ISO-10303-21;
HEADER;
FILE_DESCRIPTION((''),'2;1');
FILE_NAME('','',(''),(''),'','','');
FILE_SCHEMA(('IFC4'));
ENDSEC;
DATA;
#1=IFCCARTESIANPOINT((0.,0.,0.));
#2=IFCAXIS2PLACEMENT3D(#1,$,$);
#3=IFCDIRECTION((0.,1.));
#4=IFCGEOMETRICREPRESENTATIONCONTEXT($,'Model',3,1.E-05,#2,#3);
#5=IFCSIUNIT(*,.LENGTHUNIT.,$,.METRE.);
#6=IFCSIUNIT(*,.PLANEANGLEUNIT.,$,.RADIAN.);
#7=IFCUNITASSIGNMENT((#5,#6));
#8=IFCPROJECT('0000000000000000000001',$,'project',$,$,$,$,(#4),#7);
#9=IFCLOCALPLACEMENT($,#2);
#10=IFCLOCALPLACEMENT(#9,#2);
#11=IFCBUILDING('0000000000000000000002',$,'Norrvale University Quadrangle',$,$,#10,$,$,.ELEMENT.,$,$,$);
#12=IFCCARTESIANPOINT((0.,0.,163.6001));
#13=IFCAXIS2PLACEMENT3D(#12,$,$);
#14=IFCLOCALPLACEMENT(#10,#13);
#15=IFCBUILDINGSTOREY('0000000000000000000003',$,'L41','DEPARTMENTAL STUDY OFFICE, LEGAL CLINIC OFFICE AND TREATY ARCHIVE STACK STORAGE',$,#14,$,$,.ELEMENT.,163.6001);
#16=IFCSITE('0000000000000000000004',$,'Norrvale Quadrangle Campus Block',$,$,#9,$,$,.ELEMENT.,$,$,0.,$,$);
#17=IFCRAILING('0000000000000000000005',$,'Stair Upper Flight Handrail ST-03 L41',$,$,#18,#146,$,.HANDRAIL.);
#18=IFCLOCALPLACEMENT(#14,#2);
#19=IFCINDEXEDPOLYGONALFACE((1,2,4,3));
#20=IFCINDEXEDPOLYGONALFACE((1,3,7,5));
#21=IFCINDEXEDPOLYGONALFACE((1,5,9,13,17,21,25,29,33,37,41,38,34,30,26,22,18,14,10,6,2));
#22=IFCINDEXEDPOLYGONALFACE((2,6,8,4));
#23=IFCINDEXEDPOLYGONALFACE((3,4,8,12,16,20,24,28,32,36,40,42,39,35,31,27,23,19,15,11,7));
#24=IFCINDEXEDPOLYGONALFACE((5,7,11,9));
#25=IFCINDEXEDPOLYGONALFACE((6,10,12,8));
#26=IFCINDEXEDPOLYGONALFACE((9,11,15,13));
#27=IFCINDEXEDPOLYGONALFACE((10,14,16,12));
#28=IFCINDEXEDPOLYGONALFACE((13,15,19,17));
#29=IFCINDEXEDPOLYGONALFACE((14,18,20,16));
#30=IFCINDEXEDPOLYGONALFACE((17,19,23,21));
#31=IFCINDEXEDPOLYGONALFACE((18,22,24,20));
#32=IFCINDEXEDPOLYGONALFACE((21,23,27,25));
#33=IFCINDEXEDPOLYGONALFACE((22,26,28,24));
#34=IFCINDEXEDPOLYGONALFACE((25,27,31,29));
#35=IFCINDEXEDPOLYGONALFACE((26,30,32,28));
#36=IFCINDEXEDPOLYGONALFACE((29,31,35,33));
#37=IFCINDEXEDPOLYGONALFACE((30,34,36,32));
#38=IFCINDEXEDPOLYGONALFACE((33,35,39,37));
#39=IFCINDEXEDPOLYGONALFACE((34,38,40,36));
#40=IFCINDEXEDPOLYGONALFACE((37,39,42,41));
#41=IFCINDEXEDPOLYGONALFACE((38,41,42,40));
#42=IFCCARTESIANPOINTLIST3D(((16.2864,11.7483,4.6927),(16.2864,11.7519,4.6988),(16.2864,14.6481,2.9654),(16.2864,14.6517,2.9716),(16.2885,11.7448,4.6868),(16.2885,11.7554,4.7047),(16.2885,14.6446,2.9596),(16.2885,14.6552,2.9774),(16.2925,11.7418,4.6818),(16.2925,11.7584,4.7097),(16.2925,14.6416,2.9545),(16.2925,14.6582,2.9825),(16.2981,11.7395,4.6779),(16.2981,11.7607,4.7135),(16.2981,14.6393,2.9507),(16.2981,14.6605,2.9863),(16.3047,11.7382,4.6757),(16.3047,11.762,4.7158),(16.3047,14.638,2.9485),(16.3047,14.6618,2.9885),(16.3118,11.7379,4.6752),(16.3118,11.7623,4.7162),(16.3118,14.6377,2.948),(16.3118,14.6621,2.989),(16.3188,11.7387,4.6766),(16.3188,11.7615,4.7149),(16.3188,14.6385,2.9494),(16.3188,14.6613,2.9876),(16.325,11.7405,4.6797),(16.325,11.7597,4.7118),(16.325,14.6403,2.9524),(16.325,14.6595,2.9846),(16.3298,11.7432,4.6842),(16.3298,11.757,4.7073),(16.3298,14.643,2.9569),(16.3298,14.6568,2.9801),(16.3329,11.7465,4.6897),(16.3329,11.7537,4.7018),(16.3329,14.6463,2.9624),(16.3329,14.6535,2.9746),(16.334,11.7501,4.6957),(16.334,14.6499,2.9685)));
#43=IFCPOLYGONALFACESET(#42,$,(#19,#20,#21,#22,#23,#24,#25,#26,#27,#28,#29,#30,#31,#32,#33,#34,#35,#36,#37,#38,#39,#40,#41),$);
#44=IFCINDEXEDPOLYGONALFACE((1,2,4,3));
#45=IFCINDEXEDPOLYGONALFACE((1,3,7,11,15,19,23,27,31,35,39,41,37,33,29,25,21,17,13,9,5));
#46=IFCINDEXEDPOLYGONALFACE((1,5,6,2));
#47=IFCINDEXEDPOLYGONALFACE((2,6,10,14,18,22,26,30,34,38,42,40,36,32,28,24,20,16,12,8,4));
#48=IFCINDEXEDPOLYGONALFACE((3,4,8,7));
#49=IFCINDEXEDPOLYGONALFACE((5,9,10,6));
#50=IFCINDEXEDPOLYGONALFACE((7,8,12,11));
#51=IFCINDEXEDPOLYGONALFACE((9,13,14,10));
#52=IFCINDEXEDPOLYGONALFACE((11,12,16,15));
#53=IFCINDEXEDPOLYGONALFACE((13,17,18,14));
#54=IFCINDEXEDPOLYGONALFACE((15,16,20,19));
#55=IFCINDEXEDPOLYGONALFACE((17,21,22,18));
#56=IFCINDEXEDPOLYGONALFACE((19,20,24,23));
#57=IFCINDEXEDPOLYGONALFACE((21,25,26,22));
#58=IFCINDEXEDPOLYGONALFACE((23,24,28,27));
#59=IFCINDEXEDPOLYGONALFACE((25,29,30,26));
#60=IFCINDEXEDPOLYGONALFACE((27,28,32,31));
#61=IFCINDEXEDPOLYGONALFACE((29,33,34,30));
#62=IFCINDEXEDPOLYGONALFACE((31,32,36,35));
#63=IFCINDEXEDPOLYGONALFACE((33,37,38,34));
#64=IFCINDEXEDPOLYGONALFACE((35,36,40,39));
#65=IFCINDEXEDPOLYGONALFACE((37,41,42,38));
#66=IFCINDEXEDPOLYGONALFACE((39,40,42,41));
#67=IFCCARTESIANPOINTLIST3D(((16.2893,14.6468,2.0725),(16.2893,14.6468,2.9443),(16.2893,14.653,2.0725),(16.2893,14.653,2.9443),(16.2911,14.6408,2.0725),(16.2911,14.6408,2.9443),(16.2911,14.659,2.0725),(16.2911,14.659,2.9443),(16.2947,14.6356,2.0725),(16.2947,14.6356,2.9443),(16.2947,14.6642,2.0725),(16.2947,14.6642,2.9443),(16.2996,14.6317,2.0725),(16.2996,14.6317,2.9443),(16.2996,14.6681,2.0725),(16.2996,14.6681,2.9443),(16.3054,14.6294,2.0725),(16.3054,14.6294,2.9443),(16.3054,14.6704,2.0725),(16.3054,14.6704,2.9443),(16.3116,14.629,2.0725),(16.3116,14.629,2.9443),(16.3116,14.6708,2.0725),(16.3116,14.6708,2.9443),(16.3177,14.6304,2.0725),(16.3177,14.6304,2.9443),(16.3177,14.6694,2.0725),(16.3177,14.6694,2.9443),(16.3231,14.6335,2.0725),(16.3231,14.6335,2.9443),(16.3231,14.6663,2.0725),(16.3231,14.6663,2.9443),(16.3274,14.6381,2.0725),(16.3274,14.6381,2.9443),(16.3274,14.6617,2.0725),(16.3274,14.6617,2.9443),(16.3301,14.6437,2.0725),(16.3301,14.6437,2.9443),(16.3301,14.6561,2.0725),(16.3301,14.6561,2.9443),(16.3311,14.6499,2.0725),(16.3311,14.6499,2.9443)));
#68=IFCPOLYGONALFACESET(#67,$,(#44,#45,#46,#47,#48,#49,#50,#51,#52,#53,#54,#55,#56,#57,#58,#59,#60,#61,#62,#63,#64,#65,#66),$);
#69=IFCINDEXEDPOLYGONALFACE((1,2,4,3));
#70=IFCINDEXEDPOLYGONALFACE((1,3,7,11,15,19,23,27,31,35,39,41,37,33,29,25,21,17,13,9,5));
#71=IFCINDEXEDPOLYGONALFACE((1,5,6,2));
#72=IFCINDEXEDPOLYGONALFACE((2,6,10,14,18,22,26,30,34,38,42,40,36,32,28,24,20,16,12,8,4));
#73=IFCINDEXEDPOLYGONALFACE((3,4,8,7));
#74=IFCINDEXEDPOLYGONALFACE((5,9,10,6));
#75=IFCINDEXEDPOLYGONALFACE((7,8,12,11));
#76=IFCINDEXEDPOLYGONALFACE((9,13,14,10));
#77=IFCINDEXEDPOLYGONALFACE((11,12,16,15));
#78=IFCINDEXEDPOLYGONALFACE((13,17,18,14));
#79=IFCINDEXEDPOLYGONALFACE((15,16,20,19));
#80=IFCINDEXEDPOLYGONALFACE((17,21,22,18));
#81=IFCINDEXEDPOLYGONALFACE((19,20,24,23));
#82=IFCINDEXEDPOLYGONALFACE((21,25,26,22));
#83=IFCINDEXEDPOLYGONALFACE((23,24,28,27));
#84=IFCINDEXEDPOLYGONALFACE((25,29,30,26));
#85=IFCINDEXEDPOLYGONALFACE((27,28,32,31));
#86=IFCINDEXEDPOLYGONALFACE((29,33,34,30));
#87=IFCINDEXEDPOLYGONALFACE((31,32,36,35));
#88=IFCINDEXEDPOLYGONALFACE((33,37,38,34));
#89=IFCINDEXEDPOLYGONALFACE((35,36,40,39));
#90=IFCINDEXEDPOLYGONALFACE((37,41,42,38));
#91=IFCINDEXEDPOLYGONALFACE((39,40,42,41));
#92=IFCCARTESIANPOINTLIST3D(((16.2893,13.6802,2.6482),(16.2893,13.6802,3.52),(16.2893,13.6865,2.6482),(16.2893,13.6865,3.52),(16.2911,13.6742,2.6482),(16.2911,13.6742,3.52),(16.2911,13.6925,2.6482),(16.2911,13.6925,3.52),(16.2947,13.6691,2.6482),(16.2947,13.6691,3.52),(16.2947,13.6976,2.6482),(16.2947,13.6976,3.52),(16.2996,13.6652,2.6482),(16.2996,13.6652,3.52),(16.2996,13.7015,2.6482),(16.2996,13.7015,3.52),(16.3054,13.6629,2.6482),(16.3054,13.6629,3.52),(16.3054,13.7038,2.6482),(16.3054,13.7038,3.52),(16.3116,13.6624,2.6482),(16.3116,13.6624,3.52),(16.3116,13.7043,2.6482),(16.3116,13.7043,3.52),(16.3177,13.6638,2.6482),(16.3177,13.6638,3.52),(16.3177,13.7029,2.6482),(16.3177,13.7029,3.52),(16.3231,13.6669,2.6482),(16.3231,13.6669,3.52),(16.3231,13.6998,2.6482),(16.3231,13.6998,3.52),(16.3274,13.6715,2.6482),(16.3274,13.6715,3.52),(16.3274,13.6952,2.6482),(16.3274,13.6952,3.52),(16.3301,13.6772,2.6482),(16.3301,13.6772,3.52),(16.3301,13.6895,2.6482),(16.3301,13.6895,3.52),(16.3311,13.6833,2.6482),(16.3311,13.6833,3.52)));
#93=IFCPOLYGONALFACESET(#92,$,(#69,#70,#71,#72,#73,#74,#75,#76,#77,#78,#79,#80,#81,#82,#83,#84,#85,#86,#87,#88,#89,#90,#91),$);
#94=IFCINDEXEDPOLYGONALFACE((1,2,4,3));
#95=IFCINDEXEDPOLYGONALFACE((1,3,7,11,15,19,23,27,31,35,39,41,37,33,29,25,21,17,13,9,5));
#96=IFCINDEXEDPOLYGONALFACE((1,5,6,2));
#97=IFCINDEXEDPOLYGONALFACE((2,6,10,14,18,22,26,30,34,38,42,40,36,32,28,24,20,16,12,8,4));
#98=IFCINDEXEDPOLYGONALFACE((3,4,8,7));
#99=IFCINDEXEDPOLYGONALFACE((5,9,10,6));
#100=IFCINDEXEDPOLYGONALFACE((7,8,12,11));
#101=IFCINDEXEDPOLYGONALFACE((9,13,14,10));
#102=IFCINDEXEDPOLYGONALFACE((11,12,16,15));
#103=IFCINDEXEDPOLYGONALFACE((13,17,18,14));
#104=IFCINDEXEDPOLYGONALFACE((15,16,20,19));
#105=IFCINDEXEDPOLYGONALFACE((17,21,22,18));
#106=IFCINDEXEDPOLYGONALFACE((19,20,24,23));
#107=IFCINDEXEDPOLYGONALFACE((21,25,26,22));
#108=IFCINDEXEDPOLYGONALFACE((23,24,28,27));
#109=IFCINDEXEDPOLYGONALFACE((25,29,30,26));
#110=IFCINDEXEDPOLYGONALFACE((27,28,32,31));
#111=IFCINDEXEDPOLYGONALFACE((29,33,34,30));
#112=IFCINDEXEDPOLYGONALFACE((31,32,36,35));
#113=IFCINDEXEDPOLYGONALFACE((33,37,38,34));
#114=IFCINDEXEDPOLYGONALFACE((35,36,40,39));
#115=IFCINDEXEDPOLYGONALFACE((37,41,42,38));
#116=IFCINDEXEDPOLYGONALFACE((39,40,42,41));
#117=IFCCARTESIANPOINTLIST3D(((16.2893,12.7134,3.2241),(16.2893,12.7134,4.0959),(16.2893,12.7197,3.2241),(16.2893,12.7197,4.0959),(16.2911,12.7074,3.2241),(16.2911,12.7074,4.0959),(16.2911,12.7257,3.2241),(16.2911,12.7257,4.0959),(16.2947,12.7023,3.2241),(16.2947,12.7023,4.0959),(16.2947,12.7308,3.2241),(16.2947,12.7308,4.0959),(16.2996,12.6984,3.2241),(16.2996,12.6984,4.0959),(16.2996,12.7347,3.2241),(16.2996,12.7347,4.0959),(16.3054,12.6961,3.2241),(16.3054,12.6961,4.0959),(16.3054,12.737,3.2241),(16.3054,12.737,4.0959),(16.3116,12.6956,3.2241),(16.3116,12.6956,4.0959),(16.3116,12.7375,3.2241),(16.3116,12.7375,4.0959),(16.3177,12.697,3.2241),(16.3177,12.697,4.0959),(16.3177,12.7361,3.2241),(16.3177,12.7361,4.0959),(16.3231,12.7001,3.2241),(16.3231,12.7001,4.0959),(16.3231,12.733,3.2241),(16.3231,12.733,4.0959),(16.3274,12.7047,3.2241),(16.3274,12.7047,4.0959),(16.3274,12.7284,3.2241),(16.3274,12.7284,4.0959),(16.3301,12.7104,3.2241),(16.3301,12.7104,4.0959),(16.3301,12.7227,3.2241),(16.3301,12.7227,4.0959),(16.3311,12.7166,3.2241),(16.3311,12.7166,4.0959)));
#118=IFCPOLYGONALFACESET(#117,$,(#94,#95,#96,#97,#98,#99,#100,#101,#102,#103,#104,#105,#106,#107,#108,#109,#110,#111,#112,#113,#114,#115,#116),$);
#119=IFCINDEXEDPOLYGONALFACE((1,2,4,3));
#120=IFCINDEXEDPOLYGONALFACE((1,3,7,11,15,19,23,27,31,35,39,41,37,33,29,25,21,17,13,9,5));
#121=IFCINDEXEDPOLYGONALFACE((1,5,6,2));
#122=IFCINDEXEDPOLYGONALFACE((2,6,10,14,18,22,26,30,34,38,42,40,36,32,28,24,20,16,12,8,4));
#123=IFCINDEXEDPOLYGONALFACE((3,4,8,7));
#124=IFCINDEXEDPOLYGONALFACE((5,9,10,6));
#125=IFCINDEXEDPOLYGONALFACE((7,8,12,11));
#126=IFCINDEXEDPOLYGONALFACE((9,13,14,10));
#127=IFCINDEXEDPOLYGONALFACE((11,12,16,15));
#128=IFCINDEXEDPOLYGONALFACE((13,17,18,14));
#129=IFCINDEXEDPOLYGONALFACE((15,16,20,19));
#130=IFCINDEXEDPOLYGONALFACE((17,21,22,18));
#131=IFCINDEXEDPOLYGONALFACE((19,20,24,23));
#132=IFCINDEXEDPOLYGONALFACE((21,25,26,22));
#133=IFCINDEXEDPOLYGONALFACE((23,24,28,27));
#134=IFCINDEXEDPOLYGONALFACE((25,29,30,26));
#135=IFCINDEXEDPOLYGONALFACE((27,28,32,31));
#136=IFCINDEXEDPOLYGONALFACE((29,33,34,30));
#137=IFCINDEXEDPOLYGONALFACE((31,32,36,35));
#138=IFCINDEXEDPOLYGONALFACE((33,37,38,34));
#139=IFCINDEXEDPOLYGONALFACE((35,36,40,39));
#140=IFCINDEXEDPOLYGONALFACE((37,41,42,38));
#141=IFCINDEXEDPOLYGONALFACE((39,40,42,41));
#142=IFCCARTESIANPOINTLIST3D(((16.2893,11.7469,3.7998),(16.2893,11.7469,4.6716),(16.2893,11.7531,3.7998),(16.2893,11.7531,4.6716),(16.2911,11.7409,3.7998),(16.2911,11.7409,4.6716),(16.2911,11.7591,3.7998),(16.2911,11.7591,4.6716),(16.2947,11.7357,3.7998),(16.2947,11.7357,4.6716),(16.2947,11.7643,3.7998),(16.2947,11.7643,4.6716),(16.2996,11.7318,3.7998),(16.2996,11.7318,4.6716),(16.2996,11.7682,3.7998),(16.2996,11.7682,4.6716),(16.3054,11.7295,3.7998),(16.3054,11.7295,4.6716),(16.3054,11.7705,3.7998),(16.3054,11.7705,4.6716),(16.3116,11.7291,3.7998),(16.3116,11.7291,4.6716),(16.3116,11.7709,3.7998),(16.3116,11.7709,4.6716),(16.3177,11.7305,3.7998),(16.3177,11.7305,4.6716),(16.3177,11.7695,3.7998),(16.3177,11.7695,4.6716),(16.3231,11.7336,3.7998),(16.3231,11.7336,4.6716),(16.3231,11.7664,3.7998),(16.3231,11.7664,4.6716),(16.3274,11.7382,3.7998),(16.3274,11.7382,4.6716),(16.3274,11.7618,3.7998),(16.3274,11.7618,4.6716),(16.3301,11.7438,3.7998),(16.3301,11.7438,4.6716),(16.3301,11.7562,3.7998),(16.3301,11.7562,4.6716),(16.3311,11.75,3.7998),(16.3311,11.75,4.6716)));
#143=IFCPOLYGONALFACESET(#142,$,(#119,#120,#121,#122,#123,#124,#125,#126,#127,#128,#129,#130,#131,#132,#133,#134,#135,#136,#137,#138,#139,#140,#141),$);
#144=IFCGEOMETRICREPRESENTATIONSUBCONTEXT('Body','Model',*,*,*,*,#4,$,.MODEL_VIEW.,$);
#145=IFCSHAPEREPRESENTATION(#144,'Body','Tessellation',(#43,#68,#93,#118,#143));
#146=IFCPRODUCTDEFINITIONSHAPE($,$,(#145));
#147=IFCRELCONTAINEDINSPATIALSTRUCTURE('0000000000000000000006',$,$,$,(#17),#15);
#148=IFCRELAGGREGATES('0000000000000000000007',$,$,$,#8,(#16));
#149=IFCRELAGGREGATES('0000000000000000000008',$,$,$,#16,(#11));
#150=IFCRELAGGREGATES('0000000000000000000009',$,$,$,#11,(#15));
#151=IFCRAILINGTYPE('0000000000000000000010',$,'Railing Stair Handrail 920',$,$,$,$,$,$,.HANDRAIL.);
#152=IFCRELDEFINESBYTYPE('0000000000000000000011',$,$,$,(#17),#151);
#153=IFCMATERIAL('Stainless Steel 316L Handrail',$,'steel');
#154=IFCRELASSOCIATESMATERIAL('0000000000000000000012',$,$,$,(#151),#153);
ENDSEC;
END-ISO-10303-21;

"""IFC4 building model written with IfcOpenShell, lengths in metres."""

from ifc_helpers import new_model, si_unit, direction, frame, origin, origin_2d, place, context, subcontext, project, spatial, circle, extrude, material, type_object, element, save


model = new_model("IFC4")

# Units and contexts
model_context = context("Model", 3, precision=1e-05, world=origin(), true_north=direction((0.0, 1.0)))
body_context = subcontext(model_context, "Body", "Model", "MODEL_VIEW")
ifc_project = project(units=[si_unit("LENGTHUNIT", "METRE"), si_unit("PLANEANGLEUNIT", "RADIAN")], contexts=[model_context])

# Site, building, storey
site_placement = place(None, origin())
site = spatial("IfcSite", under=ifc_project, at=site_placement, Name="Norrvale Quadrangle Campus Block", CompositionType="ELEMENT", RefElevation=0.0)
building_placement = place(site_placement, origin())
building = spatial("IfcBuilding", under=site, at=building_placement, Name="Norrvale University Quadrangle", CompositionType="ELEMENT")
storey_placement = place(building_placement, frame((0.0, 0.0, 163.6001)))
storey = spatial("IfcBuildingStorey", under=building, at=storey_placement, Name="L41", Description="DEPARTMENTAL STUDY OFFICE, LEGAL CLINIC OFFICE AND TREATY ARCHIVE STACK STORAGE", CompositionType="ELEMENT", Elevation=163.6001)

# Railing
ifc_material_1 = material(Name="Stainless Steel 316L Handrail", Category="steel")
railing_type_1 = type_object("IfcRailingType", Name="Railing Stair Handrail 920", PredefinedType="HANDRAIL", material=ifc_material_1)
for number, where, name in (
    (1, (16.3101, 14.6499, 2.0725), "Stair Upper Flight Handrail ST-03 L41"),
):
    element("IfcRailing", number, at=place(storey_placement, frame(where)), inside=storey, type_object=railing_type_1, Name=name, PredefinedType="HANDRAIL", context=body_context, shape_type="SweptSolid", body=[
        extrude(circle(Radius=0.0239, at=origin_2d()), frame((0.0, 0.0, 0.896), z_axis=(0.0, -0.859141, 0.511738), x_axis=(1.0, 0.0, 0.0)), (0.0, 0.0, 1.0), 3.3752),
        extrude(circle(Radius=0.021, at=origin_2d()), origin(), (0.0, 0.0, 1.0), 0.8718),
        extrude(circle(Radius=0.021, at=origin_2d()), frame((0.0, -0.9666, 0.5757)), (0.0, 0.0, 1.0), 0.8718),
        extrude(circle(Radius=0.021, at=origin_2d()), frame((0.0, -1.9333, 1.1516)), (0.0, 0.0, 1.0), 0.8718),
        extrude(circle(Radius=0.021, at=origin_2d()), frame((0.0, -2.8999, 1.7273)), (0.0, 0.0, 1.0), 0.8718),
    ])

save(model, "model.ifc")
